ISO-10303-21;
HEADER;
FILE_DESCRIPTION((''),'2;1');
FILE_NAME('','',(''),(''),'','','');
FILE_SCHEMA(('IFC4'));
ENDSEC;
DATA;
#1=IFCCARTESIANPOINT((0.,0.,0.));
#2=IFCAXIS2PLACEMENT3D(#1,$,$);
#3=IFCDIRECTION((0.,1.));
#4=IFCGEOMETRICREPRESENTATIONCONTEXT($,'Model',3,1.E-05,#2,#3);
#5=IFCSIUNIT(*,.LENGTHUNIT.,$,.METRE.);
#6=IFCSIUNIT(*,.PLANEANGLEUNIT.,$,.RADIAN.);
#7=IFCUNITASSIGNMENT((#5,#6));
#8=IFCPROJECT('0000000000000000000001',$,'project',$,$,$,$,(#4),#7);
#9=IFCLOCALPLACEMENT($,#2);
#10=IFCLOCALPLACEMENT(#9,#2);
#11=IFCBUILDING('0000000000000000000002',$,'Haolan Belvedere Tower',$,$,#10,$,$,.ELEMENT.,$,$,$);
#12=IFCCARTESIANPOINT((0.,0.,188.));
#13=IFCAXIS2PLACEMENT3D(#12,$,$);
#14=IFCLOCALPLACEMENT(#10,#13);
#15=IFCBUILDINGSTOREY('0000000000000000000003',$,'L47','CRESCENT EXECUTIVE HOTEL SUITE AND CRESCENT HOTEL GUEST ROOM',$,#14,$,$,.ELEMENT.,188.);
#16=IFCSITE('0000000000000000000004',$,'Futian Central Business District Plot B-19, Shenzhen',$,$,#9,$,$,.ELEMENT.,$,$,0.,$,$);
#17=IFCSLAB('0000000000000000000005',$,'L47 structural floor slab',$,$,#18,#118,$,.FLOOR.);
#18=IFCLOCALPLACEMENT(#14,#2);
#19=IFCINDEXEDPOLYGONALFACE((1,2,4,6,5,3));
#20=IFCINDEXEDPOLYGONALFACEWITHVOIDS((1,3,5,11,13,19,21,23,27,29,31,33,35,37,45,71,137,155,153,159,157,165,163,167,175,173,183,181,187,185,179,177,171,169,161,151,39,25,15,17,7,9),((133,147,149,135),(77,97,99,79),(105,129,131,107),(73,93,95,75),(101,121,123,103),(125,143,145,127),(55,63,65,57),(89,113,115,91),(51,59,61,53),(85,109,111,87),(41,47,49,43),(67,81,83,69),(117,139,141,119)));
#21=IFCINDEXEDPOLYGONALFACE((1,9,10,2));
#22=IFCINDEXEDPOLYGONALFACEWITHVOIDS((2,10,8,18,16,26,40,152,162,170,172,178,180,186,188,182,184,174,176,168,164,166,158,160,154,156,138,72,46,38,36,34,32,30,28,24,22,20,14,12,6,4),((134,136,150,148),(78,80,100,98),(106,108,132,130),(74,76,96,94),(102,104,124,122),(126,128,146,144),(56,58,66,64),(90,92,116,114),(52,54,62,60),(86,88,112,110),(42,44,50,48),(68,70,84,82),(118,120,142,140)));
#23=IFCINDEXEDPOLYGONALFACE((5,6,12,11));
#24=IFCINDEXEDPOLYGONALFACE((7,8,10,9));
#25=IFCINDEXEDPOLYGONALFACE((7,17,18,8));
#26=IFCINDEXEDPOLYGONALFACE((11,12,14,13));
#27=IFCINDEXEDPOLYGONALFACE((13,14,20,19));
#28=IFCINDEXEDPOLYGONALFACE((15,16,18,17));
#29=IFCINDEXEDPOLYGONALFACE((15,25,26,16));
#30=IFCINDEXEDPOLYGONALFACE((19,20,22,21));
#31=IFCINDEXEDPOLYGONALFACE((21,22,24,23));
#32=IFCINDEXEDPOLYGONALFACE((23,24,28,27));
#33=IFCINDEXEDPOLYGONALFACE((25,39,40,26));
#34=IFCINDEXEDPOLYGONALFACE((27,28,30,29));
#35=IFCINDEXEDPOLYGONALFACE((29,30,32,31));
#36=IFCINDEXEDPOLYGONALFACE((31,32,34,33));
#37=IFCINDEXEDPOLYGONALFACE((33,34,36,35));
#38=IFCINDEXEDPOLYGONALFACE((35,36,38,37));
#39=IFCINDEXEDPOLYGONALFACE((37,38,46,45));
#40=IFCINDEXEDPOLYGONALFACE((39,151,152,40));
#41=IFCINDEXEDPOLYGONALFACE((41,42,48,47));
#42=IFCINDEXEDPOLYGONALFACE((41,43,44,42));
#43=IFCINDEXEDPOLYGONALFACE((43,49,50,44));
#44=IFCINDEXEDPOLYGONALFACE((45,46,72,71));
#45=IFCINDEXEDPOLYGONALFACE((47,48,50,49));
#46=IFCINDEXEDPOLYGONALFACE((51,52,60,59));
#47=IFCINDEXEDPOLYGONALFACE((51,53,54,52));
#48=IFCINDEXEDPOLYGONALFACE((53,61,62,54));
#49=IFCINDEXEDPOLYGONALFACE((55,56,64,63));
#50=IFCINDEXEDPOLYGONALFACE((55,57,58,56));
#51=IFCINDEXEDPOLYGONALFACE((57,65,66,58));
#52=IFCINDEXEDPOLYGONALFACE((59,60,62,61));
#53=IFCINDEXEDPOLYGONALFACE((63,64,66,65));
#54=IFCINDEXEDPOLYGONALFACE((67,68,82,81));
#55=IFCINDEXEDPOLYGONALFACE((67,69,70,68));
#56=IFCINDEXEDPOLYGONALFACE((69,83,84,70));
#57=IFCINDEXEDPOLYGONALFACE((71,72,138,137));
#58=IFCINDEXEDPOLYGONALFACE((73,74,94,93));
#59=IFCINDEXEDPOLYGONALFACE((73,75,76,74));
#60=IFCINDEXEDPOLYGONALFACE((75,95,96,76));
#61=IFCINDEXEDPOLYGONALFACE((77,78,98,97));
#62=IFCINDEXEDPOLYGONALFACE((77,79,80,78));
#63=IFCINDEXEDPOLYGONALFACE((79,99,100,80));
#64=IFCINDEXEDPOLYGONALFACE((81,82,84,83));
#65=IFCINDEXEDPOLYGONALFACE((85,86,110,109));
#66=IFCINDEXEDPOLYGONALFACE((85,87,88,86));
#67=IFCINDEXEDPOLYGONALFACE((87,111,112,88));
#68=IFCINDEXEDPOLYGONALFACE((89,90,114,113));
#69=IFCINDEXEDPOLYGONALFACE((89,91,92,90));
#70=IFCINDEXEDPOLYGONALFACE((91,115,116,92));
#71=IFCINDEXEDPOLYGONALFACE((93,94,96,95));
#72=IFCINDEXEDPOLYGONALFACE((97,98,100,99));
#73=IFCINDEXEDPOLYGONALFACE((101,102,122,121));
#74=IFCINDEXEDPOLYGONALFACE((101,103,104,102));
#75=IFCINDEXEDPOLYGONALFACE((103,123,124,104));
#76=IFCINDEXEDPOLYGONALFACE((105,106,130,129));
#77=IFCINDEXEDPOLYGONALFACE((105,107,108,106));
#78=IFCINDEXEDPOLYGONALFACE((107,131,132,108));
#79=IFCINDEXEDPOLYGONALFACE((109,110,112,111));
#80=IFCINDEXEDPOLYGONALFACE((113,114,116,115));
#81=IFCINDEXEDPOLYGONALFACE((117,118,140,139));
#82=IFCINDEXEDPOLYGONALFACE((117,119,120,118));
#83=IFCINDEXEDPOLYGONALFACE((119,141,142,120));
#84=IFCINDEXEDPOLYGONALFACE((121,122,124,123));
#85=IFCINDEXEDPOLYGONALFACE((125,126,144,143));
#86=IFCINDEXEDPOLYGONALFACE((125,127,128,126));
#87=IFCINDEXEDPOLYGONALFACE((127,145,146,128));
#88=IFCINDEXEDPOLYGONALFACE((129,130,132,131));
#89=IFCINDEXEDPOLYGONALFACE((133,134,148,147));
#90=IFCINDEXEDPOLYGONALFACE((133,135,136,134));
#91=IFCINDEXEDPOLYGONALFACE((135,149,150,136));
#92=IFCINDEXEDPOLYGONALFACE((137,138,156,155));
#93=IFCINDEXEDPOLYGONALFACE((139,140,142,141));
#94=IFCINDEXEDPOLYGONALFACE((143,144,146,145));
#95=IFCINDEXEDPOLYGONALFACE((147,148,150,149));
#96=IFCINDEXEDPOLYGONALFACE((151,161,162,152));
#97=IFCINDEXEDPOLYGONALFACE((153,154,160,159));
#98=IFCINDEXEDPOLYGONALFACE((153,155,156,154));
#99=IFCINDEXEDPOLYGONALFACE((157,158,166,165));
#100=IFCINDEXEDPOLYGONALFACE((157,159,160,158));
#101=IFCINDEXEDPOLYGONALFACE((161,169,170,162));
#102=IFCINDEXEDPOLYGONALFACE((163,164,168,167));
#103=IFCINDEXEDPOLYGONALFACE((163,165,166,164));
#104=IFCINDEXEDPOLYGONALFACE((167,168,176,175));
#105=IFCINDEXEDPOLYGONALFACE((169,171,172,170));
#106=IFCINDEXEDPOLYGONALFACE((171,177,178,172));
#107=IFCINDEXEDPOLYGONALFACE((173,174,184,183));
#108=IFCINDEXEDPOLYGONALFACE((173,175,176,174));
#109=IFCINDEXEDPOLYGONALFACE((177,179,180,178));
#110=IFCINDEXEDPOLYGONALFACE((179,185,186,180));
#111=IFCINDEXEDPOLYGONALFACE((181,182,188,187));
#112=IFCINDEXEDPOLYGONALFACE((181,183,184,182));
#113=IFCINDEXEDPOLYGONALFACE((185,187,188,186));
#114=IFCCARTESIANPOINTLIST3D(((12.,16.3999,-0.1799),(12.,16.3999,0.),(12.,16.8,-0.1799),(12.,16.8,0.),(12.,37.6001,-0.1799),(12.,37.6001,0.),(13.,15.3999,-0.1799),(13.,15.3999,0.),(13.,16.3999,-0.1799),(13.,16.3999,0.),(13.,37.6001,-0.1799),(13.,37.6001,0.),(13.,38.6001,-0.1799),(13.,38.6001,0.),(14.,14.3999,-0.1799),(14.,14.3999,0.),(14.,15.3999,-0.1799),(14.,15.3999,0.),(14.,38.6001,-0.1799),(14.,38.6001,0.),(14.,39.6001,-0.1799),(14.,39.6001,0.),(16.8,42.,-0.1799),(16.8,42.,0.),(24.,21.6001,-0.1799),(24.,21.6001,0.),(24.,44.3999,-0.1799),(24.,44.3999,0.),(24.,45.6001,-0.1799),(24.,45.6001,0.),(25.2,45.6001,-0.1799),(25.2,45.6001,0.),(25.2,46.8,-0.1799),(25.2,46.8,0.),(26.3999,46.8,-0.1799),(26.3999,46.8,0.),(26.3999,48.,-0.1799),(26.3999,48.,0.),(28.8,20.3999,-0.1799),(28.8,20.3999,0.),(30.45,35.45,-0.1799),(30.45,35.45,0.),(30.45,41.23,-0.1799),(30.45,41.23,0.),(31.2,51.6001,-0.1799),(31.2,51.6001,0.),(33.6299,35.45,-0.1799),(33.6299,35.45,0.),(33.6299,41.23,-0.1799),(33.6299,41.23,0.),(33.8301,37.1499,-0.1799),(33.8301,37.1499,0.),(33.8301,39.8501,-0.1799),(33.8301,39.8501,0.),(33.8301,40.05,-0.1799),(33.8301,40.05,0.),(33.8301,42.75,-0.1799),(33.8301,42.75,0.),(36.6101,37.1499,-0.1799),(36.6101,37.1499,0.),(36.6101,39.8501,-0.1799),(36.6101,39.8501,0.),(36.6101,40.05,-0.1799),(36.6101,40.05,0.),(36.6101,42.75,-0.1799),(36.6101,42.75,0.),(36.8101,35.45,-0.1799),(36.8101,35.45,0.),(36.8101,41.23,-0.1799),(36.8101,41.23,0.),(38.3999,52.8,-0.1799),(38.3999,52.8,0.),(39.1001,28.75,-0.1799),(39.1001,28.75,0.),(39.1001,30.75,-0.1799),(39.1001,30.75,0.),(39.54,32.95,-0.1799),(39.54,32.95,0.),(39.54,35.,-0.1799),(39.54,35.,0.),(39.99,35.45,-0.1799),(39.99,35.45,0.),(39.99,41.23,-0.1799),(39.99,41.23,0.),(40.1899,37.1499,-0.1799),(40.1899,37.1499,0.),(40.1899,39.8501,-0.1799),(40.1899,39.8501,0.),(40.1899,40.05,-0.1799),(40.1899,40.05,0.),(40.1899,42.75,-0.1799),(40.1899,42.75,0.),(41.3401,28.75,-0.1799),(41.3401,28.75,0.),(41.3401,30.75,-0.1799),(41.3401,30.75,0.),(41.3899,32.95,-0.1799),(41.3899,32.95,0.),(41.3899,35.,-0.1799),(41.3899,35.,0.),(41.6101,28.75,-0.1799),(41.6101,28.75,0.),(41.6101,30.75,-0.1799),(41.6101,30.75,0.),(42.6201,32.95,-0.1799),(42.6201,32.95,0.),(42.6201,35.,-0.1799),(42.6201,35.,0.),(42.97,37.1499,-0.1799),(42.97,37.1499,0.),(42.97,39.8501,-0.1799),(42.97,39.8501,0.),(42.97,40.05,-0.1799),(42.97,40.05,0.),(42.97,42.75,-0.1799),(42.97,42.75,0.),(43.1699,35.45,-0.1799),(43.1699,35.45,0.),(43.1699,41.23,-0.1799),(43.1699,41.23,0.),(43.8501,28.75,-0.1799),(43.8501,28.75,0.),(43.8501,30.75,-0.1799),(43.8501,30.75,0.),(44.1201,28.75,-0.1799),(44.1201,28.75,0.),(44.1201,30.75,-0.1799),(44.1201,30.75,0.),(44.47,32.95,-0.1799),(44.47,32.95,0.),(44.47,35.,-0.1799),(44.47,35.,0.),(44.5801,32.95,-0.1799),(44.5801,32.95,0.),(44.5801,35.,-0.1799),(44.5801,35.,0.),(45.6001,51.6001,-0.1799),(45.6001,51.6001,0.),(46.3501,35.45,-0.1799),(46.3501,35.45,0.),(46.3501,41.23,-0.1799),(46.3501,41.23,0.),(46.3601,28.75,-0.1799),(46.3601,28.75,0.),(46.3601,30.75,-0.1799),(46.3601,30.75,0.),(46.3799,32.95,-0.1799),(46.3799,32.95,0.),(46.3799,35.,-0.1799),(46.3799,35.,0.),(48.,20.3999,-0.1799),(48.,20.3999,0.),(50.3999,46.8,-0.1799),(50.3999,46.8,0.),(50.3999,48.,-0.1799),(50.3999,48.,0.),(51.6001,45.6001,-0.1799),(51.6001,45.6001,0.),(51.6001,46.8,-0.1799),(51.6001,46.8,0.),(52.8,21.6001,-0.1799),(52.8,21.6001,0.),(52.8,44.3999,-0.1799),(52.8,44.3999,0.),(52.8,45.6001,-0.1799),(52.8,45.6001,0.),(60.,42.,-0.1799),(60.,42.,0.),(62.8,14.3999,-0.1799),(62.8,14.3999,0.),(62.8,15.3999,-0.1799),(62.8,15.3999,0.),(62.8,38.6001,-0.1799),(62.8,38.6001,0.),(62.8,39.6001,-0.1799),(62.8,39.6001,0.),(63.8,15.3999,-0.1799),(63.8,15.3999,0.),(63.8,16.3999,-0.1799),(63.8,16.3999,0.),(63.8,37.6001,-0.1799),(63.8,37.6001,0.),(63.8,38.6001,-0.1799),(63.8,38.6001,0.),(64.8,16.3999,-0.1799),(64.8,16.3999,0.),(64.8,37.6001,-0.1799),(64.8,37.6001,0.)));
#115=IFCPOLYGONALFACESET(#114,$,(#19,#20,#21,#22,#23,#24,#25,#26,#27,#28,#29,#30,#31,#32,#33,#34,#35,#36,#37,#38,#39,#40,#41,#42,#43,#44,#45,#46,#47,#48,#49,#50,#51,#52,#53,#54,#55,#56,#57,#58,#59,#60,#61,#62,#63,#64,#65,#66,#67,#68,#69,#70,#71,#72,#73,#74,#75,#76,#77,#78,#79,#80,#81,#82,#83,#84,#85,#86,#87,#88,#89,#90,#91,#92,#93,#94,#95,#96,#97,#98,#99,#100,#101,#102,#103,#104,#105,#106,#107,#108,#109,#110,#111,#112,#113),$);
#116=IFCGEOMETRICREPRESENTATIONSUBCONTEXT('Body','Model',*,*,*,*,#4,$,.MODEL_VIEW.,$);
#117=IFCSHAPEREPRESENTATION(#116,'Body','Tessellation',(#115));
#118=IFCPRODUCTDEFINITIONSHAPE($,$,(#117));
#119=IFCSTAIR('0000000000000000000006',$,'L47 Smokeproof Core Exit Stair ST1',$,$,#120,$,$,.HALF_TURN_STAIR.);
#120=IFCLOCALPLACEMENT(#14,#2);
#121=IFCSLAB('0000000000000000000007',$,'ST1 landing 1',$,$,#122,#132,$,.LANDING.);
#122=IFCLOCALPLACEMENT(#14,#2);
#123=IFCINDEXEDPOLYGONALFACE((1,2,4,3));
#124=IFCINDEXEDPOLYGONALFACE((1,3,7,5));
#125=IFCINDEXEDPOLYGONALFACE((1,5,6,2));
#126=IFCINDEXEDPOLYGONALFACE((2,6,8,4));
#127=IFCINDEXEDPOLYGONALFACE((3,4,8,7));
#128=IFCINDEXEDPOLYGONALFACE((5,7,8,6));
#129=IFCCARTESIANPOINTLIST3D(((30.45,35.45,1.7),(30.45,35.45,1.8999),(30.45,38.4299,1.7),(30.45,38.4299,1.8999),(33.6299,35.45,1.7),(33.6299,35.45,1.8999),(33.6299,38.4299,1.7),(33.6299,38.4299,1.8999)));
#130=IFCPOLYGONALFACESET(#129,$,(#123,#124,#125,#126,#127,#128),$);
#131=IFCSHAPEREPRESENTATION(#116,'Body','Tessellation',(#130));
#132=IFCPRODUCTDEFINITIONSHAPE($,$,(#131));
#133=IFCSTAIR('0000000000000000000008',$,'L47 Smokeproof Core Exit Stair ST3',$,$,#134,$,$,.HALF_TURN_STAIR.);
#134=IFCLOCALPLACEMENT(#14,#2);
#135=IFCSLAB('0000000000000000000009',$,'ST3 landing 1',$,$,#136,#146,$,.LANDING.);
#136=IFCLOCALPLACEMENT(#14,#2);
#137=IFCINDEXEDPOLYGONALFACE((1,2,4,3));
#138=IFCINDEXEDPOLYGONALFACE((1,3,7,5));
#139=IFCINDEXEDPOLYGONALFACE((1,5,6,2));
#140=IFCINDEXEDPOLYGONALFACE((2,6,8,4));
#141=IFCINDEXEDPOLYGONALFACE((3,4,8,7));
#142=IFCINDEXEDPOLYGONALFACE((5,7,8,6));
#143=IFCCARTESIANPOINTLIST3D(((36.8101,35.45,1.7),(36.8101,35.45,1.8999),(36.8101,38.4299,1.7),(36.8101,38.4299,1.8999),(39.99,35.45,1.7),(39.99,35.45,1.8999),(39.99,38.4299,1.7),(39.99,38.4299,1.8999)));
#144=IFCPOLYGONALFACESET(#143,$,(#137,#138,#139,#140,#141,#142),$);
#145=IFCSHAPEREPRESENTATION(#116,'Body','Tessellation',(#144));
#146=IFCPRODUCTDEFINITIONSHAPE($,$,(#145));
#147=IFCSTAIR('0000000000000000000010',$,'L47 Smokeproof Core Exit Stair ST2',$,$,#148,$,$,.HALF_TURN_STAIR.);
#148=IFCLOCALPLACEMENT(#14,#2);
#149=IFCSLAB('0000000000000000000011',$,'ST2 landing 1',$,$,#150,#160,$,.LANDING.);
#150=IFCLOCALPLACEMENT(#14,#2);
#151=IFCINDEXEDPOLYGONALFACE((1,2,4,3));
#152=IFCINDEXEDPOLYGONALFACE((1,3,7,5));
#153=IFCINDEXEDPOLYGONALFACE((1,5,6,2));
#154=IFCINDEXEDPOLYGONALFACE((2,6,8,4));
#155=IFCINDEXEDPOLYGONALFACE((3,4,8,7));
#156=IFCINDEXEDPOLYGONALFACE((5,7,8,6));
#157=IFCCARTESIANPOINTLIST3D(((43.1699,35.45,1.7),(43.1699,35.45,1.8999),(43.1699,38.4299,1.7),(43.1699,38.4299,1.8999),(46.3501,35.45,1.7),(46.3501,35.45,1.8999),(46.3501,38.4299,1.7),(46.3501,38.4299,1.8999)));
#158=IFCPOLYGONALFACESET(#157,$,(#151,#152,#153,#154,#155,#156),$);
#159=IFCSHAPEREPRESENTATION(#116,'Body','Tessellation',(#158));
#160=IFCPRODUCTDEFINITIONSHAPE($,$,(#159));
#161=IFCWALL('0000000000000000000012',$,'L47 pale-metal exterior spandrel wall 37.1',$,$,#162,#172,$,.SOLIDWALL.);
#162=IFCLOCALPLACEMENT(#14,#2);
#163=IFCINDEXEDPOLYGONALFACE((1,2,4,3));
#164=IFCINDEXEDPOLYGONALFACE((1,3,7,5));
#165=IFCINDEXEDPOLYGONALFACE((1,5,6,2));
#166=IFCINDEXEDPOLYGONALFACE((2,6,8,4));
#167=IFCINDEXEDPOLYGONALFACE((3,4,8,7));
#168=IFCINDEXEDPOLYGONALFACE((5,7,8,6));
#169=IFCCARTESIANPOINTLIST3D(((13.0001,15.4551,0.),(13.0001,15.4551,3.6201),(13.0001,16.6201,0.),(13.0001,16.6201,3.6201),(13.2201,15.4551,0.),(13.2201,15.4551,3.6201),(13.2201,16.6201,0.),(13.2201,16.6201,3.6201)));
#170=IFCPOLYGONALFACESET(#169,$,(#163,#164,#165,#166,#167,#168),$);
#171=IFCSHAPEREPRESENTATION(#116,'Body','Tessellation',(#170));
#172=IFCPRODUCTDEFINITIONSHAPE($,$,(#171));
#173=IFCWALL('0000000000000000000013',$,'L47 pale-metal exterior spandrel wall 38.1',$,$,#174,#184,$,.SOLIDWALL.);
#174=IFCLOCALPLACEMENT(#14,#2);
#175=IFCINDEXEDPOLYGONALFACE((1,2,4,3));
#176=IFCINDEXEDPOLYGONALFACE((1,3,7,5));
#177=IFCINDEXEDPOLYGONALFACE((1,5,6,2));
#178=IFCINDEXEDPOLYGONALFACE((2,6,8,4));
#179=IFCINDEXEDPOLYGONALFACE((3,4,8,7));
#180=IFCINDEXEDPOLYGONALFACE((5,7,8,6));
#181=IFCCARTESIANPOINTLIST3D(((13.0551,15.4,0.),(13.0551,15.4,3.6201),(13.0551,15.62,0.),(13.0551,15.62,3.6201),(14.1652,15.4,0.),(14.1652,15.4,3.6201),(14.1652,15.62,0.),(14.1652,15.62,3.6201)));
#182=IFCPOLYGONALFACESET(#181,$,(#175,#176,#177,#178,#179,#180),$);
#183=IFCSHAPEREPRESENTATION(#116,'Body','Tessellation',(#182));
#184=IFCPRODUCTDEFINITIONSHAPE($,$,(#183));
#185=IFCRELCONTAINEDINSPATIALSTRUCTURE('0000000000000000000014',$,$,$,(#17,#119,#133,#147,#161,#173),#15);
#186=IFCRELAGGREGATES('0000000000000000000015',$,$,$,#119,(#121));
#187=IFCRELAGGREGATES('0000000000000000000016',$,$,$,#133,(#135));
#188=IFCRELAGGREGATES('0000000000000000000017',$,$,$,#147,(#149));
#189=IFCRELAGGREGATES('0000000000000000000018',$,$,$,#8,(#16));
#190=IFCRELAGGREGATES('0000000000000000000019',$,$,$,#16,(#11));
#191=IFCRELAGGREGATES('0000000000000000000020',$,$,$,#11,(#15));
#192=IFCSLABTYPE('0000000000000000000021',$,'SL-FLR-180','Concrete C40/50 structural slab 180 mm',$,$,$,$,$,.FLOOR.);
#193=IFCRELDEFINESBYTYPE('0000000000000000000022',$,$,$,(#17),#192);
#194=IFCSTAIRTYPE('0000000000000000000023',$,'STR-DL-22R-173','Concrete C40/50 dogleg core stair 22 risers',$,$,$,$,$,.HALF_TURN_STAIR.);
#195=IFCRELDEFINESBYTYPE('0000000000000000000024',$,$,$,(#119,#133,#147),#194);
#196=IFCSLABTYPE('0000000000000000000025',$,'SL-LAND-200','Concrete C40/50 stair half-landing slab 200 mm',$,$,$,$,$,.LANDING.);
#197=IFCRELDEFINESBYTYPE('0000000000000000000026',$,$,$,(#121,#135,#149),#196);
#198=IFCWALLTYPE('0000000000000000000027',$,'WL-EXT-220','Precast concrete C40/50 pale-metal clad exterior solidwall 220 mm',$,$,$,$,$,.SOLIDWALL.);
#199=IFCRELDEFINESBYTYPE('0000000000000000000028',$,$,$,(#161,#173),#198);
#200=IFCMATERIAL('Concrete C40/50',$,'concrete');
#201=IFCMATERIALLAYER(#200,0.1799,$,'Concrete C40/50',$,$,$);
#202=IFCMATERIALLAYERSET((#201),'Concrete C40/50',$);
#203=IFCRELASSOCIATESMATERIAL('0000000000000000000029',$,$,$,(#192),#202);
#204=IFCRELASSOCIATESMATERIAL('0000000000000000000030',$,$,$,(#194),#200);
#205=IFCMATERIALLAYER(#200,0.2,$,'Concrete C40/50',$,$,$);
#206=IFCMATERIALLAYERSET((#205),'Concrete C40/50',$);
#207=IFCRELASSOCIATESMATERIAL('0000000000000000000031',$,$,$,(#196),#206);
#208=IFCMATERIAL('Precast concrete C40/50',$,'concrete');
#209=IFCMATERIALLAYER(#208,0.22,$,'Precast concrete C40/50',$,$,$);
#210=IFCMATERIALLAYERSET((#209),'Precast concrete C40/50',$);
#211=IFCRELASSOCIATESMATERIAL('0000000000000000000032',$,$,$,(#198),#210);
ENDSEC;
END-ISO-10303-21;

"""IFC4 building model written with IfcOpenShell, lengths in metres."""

from ifc_helpers import new_model, si_unit, direction, frame, frame_2d, origin, place, context, subcontext, project, spatial, polyline, rectangle, outline, extrude, material, layer, layer_set, type_object, element, aggregate, save


model = new_model("IFC4")

# Units and contexts
model_context = context("Model", 3, precision=1e-05, world=origin(), true_north=direction((0.0, 1.0)))
body_context = subcontext(model_context, "Body", "Model", "MODEL_VIEW")
ifc_project = project(units=[si_unit("LENGTHUNIT", "METRE"), si_unit("PLANEANGLEUNIT", "RADIAN")], contexts=[model_context])

# Site, building, storey
site_placement = place(None, origin())
site = spatial("IfcSite", under=ifc_project, at=site_placement, Name="Futian Central Business District Plot B-19, Shenzhen", CompositionType="ELEMENT", RefElevation=0.0)
building_placement = place(site_placement, origin())
building = spatial("IfcBuilding", under=site, at=building_placement, Name="Haolan Belvedere Tower", CompositionType="ELEMENT")
storey_placement = place(building_placement, frame((0.0, 0.0, 188.0)))
storey = spatial("IfcBuildingStorey", under=building, at=storey_placement, Name="L47", Description="CRESCENT EXECUTIVE HOTEL SUITE AND CRESCENT HOTEL GUEST ROOM", CompositionType="ELEMENT", Elevation=188.0)

# Slab
ifc_material_1 = material(Name="Concrete C40/50", Category="concrete")
ifc_layer_1 = layer(ifc_material_1, 0.1799, Name="Concrete C40/50")
ifc_layer_set_1 = layer_set([ifc_layer_1], Name="Concrete C40/50")
slab_type_1 = type_object("IfcSlabType", Name="SL-FLR-180", Description="Concrete C40/50 structural slab 180 mm", PredefinedType="FLOOR", material=ifc_layer_set_1)
slab_1_placement = place(storey_placement, frame((0.0, 0.0, -0.1799)))
element("IfcSlab", 1, at=slab_1_placement, inside=storey, type_object=slab_type_1, Name="L47 structural floor slab", PredefinedType="FLOOR", context=body_context, shape_type="SweptSolid", body=[
    extrude(outline(polyline([(24.0, 21.6001), (28.8, 20.3999), (48.0, 20.3999), (52.8, 21.6001), (62.8, 14.3999), (62.8, 15.3999), (63.8, 15.3999), (63.8, 16.3999), (64.8, 16.3999), (64.8, 37.6001), (63.8, 37.6001), (63.8, 38.6001), (62.8, 38.6001), (62.8, 39.6001), (60.0, 42.0), (52.8, 44.3999), (52.8, 45.6001), (51.6001, 45.6001), (51.6001, 46.8), (50.3999, 46.8), (50.3999, 48.0), (45.6001, 51.6001), (38.3999, 52.8), (31.2, 51.6001), (26.3999, 48.0), (26.3999, 46.8), (25.2, 46.8), (25.2, 45.6001), (24.0, 45.6001), (24.0, 44.3999), (16.8, 42.0), (14.0, 39.6001), (14.0, 38.6001), (13.0, 38.6001), (13.0, 37.6001), (12.0, 37.6001), (12.0, 16.8), (12.0, 16.3999), (13.0, 16.3999), (13.0, 15.3999), (14.0, 15.3999), (14.0, 14.3999), (24.0, 21.6001)]), holes=[polyline([(30.45, 41.23), (30.45, 35.45), (33.6299, 35.45), (33.6299, 41.23), (30.45, 41.23)]), polyline([(36.8101, 41.23), (36.8101, 35.45), (39.99, 35.45), (39.99, 41.23), (36.8101, 41.23)]), polyline([(43.1699, 41.23), (43.1699, 35.45), (46.3501, 35.45), (46.3501, 41.23), (43.1699, 41.23)]), polyline([(33.8301, 40.05), (36.6101, 40.05), (36.6101, 42.75), (33.8301, 42.75), (33.8301, 40.05)]), polyline([(33.8301, 37.1499), (36.6101, 37.1499), (36.6101, 39.8501), (33.8301, 39.8501), (33.8301, 37.1499)]), polyline([(40.1899, 40.05), (42.97, 40.05), (42.97, 42.75), (40.1899, 42.75), (40.1899, 40.05)]), polyline([(40.1899, 37.1499), (42.97, 37.1499), (42.97, 39.8501), (40.1899, 39.8501), (40.1899, 37.1499)]), polyline([(39.54, 32.95), (41.3899, 32.95), (41.3899, 35.0), (39.54, 35.0), (39.54, 32.95)]), polyline([(42.6201, 32.95), (44.47, 32.95), (44.47, 35.0), (42.6201, 35.0), (42.6201, 32.95)]), polyline([(44.5801, 32.95), (46.3799, 32.95), (46.3799, 35.0), (44.5801, 35.0), (44.5801, 32.95)]), polyline([(39.1001, 28.75), (41.3401, 28.75), (41.3401, 30.75), (39.1001, 30.75), (39.1001, 28.75)]), polyline([(41.6101, 28.75), (43.8501, 28.75), (43.8501, 30.75), (41.6101, 30.75), (41.6101, 28.75)]), polyline([(44.1201, 28.75), (46.3601, 28.75), (46.3601, 30.75), (44.1201, 30.75), (44.1201, 28.75)])]), origin(), (0.0, 0.0, 1.0), 0.1799),
])

# Stairs, slabs
stair_type = type_object("IfcStairType", Name="STR-DL-22R-173", Description="Concrete C40/50 dogleg core stair 22 risers", PredefinedType="HALF_TURN_STAIR", material=ifc_material_1)
stair_1_placement = place(storey_placement, origin())
stair_1 = element("IfcStair", 2, at=stair_1_placement, inside=storey, type_object=stair_type, Name="L47 Smokeproof Core Exit Stair ST1", PredefinedType="HALF_TURN_STAIR")
ifc_layer_2 = layer(ifc_material_1, 0.2, Name="Concrete C40/50")
ifc_layer_set_2 = layer_set([ifc_layer_2], Name="Concrete C40/50")
slab_type_2 = type_object("IfcSlabType", Name="SL-LAND-200", Description="Concrete C40/50 stair half-landing slab 200 mm", PredefinedType="LANDING", material=ifc_layer_set_2)
slab_2_placement = place(storey_placement, frame((0.0, 0.0, 1.7)))
slab_2 = element("IfcSlab", 3, at=slab_2_placement, type_object=slab_type_2, Name="ST1 landing 1", PredefinedType="LANDING", context=body_context, shape_type="SweptSolid", body=[
    extrude(outline(polyline([(30.45, 38.4299), (30.45, 35.45), (33.6299, 35.45), (33.6299, 38.4299), (30.45, 38.4299)])), origin(), (0.0, 0.0, 1.0), 0.2),
])
aggregate(stair_1, [slab_2])
stair_2_placement = place(storey_placement, origin())
stair_2 = element("IfcStair", 4, at=stair_2_placement, inside=storey, type_object=stair_type, Name="L47 Smokeproof Core Exit Stair ST3", PredefinedType="HALF_TURN_STAIR")
slab_3_placement = place(storey_placement, frame((0.0, 0.0, 1.7)))
slab_3 = element("IfcSlab", 5, at=slab_3_placement, type_object=slab_type_2, Name="ST3 landing 1", PredefinedType="LANDING", context=body_context, shape_type="SweptSolid", body=[
    extrude(outline(polyline([(36.8101, 38.4299), (36.8101, 35.45), (39.99, 35.45), (39.99, 38.4299), (36.8101, 38.4299)])), origin(), (0.0, 0.0, 1.0), 0.2),
])
aggregate(stair_2, [slab_3])
stair_3_placement = place(storey_placement, origin())
stair_3 = element("IfcStair", 6, at=stair_3_placement, inside=storey, type_object=stair_type, Name="L47 Smokeproof Core Exit Stair ST2", PredefinedType="HALF_TURN_STAIR")
slab_4_placement = place(storey_placement, frame((0.0, 0.0, 1.7)))
slab_4 = element("IfcSlab", 7, at=slab_4_placement, type_object=slab_type_2, Name="ST2 landing 1", PredefinedType="LANDING", context=body_context, shape_type="SweptSolid", body=[
    extrude(outline(polyline([(43.1699, 38.4299), (43.1699, 35.45), (46.3501, 35.45), (46.3501, 38.4299), (43.1699, 38.4299)])), origin(), (0.0, 0.0, 1.0), 0.2),
])
aggregate(stair_3, [slab_4])

# Walls
ifc_material_2 = material(Name="Precast concrete C40/50", Category="concrete")
ifc_layer_3 = layer(ifc_material_2, 0.22, Name="Precast concrete C40/50")
ifc_layer_set_3 = layer_set([ifc_layer_3], Name="Precast concrete C40/50")
wall_type_1 = type_object("IfcWallType", Name="WL-EXT-220", Description="Precast concrete C40/50 pale-metal clad exterior solidwall 220 mm", PredefinedType="SOLIDWALL", material=ifc_layer_set_3)
wall_1_placement = place(storey_placement, frame((13.1101, 16.6201, 0.0), z_axis=(0.0, 0.0, 1.0), x_axis=(0.0, -1.0, 0.0)))
element("IfcWall", 8, at=wall_1_placement, inside=storey, type_object=wall_type_1, Name="L47 pale-metal exterior spandrel wall 37.1", PredefinedType="SOLIDWALL", context=body_context, shape_type="SweptSolid", body=[
    extrude(rectangle(XDim=1.165, YDim=0.22, at=frame_2d((0.5825, 0.0))), origin(), (0.0, 0.0, 1.0), 3.6201),
])
wall_2_placement = place(storey_placement, frame((13.0549, 15.51, 0.0), z_axis=(0.0, 0.0, 1.0), x_axis=(1.0, 0.0, 0.0)))
element("IfcWall", 9, at=wall_2_placement, inside=storey, type_object=wall_type_1, Name="L47 pale-metal exterior spandrel wall 38.1", PredefinedType="SOLIDWALL", context=body_context, shape_type="SweptSolid", body=[
    extrude(rectangle(XDim=1.1101, YDim=0.22, at=frame_2d((0.5552, 0.0))), origin(), (0.0, 0.0, 1.0), 3.6201),
])

save(model, "model.ifc")
